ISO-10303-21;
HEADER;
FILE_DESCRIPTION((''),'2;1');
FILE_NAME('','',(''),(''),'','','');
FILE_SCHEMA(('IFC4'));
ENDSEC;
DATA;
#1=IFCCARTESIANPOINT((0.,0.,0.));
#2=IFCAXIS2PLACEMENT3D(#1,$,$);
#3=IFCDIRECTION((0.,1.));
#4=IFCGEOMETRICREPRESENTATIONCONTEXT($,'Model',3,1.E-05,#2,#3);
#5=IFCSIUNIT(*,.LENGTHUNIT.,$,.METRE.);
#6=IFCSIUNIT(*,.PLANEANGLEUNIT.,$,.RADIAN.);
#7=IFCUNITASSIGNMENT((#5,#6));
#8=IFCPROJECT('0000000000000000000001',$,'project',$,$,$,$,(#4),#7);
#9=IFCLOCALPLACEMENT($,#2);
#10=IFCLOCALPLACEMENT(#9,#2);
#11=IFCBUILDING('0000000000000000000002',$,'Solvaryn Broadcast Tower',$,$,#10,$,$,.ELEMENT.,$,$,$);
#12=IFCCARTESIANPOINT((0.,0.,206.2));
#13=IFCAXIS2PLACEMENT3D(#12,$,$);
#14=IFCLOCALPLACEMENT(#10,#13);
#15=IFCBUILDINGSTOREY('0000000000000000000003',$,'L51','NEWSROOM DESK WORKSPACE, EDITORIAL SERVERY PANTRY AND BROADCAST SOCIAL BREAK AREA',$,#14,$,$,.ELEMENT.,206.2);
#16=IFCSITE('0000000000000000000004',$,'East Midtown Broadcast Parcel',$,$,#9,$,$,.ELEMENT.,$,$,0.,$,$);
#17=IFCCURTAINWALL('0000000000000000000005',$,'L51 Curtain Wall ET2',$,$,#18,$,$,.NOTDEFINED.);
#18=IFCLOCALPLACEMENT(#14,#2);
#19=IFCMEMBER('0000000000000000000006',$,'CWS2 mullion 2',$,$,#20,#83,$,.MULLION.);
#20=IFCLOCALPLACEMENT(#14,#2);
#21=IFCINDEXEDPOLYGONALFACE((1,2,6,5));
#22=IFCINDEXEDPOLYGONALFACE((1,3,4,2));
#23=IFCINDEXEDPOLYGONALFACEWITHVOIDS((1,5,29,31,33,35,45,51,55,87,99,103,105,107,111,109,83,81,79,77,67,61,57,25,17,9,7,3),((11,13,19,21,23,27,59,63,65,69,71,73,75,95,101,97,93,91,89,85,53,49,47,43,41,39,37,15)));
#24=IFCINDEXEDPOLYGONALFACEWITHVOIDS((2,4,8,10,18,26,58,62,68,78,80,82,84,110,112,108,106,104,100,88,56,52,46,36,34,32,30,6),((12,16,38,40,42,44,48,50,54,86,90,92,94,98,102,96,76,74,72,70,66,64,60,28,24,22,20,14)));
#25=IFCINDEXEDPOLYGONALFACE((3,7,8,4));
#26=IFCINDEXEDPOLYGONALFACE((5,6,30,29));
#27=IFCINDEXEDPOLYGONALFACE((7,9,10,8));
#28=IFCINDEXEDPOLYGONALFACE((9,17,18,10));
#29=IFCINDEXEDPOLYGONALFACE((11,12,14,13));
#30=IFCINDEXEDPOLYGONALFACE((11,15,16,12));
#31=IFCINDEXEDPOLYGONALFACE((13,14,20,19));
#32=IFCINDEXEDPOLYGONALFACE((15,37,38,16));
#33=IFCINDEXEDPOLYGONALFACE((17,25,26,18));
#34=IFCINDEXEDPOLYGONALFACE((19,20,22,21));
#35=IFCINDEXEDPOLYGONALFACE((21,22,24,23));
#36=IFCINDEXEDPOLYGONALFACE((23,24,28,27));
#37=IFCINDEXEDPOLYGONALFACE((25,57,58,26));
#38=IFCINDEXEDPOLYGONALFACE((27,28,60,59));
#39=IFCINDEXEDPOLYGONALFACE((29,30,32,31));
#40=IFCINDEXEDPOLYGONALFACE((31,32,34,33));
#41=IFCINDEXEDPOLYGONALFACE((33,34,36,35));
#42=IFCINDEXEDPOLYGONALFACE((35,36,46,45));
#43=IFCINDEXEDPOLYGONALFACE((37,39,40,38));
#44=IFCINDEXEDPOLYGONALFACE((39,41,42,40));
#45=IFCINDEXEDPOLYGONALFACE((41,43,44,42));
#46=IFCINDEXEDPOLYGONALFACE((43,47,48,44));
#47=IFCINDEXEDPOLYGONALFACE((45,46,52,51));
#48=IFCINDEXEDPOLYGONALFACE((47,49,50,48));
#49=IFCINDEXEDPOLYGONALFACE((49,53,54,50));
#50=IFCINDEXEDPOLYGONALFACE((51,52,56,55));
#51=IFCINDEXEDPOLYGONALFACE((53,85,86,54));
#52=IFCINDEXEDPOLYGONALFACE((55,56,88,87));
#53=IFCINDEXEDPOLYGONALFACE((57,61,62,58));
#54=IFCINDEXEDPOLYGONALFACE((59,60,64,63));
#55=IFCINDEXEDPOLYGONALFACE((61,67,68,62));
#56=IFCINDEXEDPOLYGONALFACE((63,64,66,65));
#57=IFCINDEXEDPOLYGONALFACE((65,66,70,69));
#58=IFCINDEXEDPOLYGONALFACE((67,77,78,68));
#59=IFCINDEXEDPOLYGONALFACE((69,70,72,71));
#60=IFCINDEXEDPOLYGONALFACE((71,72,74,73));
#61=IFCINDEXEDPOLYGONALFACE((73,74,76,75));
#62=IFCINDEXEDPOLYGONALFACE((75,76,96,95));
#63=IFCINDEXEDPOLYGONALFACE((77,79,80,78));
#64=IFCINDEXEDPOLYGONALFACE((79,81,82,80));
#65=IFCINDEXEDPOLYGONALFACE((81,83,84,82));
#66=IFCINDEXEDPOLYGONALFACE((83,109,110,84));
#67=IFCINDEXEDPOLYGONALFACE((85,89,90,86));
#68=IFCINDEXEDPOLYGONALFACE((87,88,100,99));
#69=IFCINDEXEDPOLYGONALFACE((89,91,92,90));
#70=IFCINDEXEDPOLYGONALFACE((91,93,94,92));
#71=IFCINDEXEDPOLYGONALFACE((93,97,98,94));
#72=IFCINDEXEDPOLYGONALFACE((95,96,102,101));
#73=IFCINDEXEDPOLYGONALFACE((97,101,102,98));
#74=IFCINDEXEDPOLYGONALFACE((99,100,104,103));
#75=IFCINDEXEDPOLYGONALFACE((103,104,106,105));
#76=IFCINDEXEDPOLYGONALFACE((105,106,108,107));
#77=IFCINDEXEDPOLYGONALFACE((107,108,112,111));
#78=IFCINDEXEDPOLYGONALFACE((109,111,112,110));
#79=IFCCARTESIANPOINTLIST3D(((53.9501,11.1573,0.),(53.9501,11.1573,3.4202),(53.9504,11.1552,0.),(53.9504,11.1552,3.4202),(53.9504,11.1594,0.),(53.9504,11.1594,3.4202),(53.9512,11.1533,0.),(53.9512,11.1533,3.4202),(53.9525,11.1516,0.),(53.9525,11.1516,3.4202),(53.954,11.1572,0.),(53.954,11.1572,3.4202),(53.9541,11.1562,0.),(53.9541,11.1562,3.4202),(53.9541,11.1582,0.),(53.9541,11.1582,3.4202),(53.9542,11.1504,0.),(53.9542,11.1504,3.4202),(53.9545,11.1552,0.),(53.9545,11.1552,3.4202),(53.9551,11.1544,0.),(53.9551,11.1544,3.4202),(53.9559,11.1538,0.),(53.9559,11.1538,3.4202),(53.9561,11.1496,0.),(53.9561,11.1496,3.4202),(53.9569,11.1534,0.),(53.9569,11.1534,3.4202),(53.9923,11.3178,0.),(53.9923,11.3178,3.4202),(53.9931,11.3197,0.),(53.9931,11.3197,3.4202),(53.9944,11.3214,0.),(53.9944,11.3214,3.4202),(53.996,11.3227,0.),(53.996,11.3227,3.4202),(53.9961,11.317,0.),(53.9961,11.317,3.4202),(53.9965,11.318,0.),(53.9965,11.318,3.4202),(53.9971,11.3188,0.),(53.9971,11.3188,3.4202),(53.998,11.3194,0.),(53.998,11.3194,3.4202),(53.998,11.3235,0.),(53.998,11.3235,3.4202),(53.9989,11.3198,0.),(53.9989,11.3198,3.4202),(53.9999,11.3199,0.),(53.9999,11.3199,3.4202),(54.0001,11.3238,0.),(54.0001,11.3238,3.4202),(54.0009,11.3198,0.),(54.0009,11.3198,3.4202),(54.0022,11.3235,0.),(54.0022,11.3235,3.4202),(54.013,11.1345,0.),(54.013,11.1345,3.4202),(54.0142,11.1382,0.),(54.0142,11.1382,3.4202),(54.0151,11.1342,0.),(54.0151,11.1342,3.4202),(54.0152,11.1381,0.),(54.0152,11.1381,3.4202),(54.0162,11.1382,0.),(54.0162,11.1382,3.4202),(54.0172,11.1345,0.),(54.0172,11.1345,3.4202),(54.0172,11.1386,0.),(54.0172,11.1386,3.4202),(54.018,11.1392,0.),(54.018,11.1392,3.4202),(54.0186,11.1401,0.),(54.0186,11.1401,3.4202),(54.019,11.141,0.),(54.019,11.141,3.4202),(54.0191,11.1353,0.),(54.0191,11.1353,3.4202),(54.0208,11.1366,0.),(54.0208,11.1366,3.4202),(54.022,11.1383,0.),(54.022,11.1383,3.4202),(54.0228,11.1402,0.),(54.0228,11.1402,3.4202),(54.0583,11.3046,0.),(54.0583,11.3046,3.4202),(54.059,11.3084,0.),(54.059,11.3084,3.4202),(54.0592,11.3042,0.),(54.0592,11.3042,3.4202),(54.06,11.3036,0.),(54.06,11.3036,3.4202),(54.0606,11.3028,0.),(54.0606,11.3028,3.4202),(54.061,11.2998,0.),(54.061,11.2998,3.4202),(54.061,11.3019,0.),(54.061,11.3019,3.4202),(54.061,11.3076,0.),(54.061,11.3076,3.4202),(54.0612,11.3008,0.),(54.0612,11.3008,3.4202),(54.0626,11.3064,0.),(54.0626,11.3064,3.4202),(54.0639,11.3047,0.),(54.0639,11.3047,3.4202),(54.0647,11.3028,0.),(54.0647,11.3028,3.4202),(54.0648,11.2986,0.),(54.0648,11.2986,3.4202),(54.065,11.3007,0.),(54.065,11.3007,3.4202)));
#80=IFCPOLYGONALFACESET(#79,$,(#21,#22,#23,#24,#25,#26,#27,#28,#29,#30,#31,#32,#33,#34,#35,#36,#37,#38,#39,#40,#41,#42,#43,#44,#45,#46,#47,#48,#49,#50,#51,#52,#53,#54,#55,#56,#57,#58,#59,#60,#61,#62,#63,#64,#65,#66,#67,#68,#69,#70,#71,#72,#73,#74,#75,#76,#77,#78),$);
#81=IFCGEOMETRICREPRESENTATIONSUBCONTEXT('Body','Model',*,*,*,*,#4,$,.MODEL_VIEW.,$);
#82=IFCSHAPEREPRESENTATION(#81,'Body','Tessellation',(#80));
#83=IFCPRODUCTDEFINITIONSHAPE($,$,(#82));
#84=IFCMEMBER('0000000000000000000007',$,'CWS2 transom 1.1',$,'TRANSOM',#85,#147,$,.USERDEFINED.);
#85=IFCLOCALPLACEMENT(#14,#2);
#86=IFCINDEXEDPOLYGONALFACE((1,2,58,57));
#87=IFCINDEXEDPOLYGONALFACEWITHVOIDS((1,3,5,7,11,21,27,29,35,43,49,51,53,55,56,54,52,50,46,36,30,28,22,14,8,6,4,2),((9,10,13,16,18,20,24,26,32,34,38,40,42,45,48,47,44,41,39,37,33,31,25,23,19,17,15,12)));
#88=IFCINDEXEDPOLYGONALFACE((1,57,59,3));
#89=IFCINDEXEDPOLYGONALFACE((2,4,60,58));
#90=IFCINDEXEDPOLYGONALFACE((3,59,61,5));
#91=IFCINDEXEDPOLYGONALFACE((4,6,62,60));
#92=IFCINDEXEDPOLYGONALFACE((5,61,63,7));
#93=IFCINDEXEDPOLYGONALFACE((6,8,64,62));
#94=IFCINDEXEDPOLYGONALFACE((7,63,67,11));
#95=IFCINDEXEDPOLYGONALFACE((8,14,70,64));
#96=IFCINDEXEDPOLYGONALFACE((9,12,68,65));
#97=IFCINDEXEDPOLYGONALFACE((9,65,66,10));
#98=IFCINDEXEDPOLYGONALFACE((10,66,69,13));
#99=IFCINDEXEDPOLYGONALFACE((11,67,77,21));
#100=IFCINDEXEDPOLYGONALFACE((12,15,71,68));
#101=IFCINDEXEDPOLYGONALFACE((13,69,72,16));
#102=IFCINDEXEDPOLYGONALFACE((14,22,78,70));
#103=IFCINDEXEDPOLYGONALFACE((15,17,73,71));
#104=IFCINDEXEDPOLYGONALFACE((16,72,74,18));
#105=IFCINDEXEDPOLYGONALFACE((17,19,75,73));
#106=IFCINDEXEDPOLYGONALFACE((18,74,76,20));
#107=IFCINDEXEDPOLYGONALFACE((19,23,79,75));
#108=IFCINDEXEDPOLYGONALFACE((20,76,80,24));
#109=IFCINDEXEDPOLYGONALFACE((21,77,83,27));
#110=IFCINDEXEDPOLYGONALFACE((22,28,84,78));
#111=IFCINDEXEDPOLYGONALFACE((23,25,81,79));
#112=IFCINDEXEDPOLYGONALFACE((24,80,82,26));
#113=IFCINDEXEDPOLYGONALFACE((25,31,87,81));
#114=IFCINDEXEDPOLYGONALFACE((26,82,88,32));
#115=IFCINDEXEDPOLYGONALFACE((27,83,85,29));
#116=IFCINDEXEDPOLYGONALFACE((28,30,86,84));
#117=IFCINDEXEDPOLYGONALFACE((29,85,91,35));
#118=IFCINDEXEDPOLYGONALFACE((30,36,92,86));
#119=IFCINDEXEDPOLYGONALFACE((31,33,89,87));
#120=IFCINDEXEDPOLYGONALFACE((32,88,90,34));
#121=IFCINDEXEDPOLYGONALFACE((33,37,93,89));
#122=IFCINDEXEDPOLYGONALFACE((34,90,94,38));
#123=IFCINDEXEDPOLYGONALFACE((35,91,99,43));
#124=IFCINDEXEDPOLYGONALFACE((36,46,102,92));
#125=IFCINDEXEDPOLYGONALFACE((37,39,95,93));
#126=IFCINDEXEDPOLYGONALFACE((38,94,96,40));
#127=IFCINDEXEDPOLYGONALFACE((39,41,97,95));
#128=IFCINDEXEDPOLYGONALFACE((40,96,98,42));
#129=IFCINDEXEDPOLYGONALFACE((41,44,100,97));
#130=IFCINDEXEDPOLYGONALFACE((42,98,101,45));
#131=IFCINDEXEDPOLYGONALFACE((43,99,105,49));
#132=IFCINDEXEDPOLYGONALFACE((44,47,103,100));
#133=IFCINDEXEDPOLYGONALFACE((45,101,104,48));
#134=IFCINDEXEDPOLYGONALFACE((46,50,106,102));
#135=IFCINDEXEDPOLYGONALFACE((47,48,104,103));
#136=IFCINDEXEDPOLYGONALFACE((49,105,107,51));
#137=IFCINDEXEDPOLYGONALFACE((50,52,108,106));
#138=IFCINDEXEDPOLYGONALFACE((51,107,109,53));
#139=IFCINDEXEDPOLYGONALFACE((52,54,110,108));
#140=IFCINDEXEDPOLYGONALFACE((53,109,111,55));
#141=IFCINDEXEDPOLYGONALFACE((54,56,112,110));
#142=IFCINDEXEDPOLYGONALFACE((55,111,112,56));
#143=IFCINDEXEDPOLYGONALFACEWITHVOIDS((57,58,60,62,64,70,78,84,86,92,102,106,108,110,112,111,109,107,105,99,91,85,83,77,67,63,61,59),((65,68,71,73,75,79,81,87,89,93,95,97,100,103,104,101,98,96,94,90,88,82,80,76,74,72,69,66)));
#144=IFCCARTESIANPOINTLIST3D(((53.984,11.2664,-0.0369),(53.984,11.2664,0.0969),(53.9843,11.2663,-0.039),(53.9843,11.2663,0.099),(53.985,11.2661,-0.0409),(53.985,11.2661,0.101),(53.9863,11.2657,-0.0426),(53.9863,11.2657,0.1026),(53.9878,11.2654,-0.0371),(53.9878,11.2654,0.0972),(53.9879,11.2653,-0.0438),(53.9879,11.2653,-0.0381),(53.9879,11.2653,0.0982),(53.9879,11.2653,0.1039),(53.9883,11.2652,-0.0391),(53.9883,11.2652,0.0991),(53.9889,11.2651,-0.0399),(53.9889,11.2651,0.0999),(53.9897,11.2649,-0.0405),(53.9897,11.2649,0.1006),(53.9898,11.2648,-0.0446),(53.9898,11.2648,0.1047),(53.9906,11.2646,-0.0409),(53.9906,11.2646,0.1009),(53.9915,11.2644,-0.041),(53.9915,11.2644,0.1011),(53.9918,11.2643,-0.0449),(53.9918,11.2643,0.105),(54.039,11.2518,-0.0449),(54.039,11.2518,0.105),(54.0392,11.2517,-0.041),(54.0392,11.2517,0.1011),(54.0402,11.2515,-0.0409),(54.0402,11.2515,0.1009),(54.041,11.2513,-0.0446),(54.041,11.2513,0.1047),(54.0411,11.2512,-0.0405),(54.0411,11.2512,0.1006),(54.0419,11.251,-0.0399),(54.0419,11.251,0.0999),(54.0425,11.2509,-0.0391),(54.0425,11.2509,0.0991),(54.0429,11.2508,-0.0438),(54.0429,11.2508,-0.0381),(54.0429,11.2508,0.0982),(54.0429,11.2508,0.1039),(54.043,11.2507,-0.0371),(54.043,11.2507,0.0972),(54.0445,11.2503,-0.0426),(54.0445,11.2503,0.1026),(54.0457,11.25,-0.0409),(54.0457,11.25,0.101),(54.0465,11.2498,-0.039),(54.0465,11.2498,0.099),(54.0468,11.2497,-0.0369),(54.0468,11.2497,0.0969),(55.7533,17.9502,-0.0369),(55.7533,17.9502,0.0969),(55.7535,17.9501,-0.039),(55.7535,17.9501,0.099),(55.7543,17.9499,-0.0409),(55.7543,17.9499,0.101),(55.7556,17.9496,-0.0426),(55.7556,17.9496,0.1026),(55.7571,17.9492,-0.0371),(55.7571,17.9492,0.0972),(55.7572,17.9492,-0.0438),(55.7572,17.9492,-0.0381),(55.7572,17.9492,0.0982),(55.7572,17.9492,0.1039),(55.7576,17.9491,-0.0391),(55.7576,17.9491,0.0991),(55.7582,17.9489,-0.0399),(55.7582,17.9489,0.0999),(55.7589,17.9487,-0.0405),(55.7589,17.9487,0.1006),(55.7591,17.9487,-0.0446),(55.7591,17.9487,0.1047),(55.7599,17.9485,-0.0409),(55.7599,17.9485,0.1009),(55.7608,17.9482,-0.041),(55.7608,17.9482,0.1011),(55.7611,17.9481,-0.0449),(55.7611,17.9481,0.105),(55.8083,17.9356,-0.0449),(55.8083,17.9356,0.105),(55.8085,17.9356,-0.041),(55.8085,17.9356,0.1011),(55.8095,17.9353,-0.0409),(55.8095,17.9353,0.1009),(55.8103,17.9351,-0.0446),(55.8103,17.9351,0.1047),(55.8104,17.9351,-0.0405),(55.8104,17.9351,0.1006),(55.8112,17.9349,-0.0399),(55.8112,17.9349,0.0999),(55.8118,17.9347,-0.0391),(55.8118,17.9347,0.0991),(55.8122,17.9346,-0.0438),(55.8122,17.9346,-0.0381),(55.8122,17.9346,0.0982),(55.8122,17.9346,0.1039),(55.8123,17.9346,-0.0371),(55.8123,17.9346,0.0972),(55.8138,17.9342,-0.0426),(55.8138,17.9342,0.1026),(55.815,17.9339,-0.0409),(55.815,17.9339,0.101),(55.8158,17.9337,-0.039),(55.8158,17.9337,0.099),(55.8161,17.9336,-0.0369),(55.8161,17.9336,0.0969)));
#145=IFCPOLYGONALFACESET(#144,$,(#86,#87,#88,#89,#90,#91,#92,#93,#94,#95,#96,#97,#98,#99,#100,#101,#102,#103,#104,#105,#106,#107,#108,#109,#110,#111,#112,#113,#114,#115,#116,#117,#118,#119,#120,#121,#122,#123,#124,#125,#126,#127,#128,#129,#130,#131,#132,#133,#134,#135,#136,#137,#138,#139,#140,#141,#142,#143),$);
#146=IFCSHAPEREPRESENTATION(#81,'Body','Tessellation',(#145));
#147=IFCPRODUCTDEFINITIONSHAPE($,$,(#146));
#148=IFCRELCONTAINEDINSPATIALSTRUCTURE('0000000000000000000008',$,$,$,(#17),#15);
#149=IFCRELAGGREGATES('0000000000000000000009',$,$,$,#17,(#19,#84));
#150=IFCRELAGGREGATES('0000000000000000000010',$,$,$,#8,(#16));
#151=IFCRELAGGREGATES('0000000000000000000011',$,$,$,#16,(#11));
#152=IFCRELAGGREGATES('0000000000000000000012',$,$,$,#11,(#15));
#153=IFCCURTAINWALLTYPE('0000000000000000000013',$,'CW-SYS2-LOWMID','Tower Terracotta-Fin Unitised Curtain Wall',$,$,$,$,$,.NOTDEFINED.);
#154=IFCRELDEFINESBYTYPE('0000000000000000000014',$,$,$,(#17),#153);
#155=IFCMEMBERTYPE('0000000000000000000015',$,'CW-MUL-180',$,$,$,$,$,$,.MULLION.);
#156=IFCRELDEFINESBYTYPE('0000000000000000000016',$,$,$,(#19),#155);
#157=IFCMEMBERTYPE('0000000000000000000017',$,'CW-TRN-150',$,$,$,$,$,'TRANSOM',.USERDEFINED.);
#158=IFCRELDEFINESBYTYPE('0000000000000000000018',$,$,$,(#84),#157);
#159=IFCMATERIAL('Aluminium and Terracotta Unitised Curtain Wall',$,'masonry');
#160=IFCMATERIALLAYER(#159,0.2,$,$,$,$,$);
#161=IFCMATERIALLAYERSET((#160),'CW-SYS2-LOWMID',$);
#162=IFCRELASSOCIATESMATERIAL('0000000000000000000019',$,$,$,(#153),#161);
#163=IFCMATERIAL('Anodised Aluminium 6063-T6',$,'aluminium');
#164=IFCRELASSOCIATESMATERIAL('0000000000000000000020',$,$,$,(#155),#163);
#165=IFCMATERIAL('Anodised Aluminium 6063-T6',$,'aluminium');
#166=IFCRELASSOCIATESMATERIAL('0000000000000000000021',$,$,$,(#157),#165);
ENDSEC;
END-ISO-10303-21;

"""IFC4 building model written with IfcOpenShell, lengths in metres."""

from ifc_helpers import new_model, si_unit, direction, frame, origin, origin_2d, place, context, subcontext, project, spatial, hollow_rectangle, extrude, material, layer, layer_set, material_profile, profile_set, type_object, element, aggregate, save


model = new_model("IFC4")

# Units and contexts
model_context = context("Model", 3, precision=1e-05, world=origin(), true_north=direction((0.0, 1.0)))
body_context = subcontext(model_context, "Body", "Model", "MODEL_VIEW")
ifc_project = project(units=[si_unit("LENGTHUNIT", "METRE"), si_unit("PLANEANGLEUNIT", "RADIAN")], contexts=[model_context])

# Site, building, storey
site_placement = place(None, origin())
site = spatial("IfcSite", under=ifc_project, at=site_placement, Name="East Midtown Broadcast Parcel", CompositionType="ELEMENT", RefElevation=0.0)
building_placement = place(site_placement, origin())
building = spatial("IfcBuilding", under=site, at=building_placement, Name="Solvaryn Broadcast Tower", CompositionType="ELEMENT")
storey_placement = place(building_placement, frame((0.0, 0.0, 206.2)))
storey = spatial("IfcBuildingStorey", under=building, at=storey_placement, Name="L51", Description="NEWSROOM DESK WORKSPACE, EDITORIAL SERVERY PANTRY AND BROADCAST SOCIAL BREAK AREA", CompositionType="ELEMENT", Elevation=206.2)

# Shared definitions
ifc_material_1 = material(Name="Aluminium and Terracotta Unitised Curtain Wall", Category="masonry")
ifc_layer_1 = layer(ifc_material_1, 0.2)
ifc_layer_set_1 = layer_set([ifc_layer_1], Name="CW-SYS2-LOWMID")
curtain_wall_type = type_object("IfcCurtainWallType", Name="CW-SYS2-LOWMID", Description="Tower Terracotta-Fin Unitised Curtain Wall", PredefinedType="NOTDEFINED", material=ifc_layer_set_1)
ifc_material_2 = material(Name="Anodised Aluminium 6063-T6", Category="aluminium")
ifc_material_profile_1 = material_profile(ifc_material_2, hollow_rectangle(XDim=0.075, YDim=0.1799, WallThickness=0.0039, InnerFilletRadius=0.0039, OuterFilletRadius=0.0081, at=origin_2d()))
ifc_profile_set_1 = profile_set([ifc_material_profile_1], Name="Anodised Aluminium 6063-T6")
member_type_1 = type_object("IfcMemberType", Name="CW-MUL-180", PredefinedType="MULLION", material=ifc_profile_set_1)

# Curtain wall, members
curtain_wall_1_placement = place(storey_placement, origin())
curtain_wall_1 = element("IfcCurtainWall", 1, at=curtain_wall_1_placement, inside=storey, type_object=curtain_wall_type, Name="L51 Curtain Wall ET2", PredefinedType="NOTDEFINED")
member_1_placement = place(storey_placement, frame((54.0076, 11.229, 0.0), z_axis=(0.0, 0.0, 1.0), x_axis=(0.966705, -0.255893, 0.0)))
member_1 = element("IfcMember", 2, at=member_1_placement, type_object=member_type_1, Name="CWS2 mullion 2", PredefinedType="MULLION", context=body_context, shape_type="SweptSolid", body=[
    extrude(hollow_rectangle(XDim=0.075, YDim=0.1799, WallThickness=0.0039, InnerFilletRadius=0.0039, OuterFilletRadius=0.0081, at=origin_2d()), origin(), (0.0, 0.0, 1.0), 3.4202),
])
ifc_material_3 = material(Name="Anodised Aluminium 6063-T6", Category="aluminium")
ifc_material_profile_2 = material_profile(ifc_material_3, hollow_rectangle(XDim=0.0649, YDim=0.1499, WallThickness=0.0039, InnerFilletRadius=0.0039, OuterFilletRadius=0.0081, at=origin_2d()))
ifc_profile_set_2 = profile_set([ifc_material_profile_2], Name="Anodised Aluminium 6063-T6")
member_type_2 = type_object("IfcMemberType", Name="CW-TRN-150", ElementType="TRANSOM", PredefinedType="USERDEFINED", material=ifc_profile_set_2)
member_2_placement = place(storey_placement, frame((55.7847, 17.9419, 0.03), z_axis=(-0.255897, -0.966704, 0.0), x_axis=(0.966704, -0.255897, 0.0)))
member_2 = element("IfcMember", 3, at=member_2_placement, type_object=member_type_2, Name="CWS2 transom 1.1", ObjectType="TRANSOM", PredefinedType="USERDEFINED", context=body_context, shape_type="SweptSolid", body=[
    extrude(hollow_rectangle(XDim=0.0649, YDim=0.1499, WallThickness=0.0039, InnerFilletRadius=0.0039, OuterFilletRadius=0.0081, at=origin_2d()), origin(), (0.0, 0.0, 1.0), 6.9141),
])

aggregate(curtain_wall_1, [member_1, member_2])

save(model, "model.ifc")
